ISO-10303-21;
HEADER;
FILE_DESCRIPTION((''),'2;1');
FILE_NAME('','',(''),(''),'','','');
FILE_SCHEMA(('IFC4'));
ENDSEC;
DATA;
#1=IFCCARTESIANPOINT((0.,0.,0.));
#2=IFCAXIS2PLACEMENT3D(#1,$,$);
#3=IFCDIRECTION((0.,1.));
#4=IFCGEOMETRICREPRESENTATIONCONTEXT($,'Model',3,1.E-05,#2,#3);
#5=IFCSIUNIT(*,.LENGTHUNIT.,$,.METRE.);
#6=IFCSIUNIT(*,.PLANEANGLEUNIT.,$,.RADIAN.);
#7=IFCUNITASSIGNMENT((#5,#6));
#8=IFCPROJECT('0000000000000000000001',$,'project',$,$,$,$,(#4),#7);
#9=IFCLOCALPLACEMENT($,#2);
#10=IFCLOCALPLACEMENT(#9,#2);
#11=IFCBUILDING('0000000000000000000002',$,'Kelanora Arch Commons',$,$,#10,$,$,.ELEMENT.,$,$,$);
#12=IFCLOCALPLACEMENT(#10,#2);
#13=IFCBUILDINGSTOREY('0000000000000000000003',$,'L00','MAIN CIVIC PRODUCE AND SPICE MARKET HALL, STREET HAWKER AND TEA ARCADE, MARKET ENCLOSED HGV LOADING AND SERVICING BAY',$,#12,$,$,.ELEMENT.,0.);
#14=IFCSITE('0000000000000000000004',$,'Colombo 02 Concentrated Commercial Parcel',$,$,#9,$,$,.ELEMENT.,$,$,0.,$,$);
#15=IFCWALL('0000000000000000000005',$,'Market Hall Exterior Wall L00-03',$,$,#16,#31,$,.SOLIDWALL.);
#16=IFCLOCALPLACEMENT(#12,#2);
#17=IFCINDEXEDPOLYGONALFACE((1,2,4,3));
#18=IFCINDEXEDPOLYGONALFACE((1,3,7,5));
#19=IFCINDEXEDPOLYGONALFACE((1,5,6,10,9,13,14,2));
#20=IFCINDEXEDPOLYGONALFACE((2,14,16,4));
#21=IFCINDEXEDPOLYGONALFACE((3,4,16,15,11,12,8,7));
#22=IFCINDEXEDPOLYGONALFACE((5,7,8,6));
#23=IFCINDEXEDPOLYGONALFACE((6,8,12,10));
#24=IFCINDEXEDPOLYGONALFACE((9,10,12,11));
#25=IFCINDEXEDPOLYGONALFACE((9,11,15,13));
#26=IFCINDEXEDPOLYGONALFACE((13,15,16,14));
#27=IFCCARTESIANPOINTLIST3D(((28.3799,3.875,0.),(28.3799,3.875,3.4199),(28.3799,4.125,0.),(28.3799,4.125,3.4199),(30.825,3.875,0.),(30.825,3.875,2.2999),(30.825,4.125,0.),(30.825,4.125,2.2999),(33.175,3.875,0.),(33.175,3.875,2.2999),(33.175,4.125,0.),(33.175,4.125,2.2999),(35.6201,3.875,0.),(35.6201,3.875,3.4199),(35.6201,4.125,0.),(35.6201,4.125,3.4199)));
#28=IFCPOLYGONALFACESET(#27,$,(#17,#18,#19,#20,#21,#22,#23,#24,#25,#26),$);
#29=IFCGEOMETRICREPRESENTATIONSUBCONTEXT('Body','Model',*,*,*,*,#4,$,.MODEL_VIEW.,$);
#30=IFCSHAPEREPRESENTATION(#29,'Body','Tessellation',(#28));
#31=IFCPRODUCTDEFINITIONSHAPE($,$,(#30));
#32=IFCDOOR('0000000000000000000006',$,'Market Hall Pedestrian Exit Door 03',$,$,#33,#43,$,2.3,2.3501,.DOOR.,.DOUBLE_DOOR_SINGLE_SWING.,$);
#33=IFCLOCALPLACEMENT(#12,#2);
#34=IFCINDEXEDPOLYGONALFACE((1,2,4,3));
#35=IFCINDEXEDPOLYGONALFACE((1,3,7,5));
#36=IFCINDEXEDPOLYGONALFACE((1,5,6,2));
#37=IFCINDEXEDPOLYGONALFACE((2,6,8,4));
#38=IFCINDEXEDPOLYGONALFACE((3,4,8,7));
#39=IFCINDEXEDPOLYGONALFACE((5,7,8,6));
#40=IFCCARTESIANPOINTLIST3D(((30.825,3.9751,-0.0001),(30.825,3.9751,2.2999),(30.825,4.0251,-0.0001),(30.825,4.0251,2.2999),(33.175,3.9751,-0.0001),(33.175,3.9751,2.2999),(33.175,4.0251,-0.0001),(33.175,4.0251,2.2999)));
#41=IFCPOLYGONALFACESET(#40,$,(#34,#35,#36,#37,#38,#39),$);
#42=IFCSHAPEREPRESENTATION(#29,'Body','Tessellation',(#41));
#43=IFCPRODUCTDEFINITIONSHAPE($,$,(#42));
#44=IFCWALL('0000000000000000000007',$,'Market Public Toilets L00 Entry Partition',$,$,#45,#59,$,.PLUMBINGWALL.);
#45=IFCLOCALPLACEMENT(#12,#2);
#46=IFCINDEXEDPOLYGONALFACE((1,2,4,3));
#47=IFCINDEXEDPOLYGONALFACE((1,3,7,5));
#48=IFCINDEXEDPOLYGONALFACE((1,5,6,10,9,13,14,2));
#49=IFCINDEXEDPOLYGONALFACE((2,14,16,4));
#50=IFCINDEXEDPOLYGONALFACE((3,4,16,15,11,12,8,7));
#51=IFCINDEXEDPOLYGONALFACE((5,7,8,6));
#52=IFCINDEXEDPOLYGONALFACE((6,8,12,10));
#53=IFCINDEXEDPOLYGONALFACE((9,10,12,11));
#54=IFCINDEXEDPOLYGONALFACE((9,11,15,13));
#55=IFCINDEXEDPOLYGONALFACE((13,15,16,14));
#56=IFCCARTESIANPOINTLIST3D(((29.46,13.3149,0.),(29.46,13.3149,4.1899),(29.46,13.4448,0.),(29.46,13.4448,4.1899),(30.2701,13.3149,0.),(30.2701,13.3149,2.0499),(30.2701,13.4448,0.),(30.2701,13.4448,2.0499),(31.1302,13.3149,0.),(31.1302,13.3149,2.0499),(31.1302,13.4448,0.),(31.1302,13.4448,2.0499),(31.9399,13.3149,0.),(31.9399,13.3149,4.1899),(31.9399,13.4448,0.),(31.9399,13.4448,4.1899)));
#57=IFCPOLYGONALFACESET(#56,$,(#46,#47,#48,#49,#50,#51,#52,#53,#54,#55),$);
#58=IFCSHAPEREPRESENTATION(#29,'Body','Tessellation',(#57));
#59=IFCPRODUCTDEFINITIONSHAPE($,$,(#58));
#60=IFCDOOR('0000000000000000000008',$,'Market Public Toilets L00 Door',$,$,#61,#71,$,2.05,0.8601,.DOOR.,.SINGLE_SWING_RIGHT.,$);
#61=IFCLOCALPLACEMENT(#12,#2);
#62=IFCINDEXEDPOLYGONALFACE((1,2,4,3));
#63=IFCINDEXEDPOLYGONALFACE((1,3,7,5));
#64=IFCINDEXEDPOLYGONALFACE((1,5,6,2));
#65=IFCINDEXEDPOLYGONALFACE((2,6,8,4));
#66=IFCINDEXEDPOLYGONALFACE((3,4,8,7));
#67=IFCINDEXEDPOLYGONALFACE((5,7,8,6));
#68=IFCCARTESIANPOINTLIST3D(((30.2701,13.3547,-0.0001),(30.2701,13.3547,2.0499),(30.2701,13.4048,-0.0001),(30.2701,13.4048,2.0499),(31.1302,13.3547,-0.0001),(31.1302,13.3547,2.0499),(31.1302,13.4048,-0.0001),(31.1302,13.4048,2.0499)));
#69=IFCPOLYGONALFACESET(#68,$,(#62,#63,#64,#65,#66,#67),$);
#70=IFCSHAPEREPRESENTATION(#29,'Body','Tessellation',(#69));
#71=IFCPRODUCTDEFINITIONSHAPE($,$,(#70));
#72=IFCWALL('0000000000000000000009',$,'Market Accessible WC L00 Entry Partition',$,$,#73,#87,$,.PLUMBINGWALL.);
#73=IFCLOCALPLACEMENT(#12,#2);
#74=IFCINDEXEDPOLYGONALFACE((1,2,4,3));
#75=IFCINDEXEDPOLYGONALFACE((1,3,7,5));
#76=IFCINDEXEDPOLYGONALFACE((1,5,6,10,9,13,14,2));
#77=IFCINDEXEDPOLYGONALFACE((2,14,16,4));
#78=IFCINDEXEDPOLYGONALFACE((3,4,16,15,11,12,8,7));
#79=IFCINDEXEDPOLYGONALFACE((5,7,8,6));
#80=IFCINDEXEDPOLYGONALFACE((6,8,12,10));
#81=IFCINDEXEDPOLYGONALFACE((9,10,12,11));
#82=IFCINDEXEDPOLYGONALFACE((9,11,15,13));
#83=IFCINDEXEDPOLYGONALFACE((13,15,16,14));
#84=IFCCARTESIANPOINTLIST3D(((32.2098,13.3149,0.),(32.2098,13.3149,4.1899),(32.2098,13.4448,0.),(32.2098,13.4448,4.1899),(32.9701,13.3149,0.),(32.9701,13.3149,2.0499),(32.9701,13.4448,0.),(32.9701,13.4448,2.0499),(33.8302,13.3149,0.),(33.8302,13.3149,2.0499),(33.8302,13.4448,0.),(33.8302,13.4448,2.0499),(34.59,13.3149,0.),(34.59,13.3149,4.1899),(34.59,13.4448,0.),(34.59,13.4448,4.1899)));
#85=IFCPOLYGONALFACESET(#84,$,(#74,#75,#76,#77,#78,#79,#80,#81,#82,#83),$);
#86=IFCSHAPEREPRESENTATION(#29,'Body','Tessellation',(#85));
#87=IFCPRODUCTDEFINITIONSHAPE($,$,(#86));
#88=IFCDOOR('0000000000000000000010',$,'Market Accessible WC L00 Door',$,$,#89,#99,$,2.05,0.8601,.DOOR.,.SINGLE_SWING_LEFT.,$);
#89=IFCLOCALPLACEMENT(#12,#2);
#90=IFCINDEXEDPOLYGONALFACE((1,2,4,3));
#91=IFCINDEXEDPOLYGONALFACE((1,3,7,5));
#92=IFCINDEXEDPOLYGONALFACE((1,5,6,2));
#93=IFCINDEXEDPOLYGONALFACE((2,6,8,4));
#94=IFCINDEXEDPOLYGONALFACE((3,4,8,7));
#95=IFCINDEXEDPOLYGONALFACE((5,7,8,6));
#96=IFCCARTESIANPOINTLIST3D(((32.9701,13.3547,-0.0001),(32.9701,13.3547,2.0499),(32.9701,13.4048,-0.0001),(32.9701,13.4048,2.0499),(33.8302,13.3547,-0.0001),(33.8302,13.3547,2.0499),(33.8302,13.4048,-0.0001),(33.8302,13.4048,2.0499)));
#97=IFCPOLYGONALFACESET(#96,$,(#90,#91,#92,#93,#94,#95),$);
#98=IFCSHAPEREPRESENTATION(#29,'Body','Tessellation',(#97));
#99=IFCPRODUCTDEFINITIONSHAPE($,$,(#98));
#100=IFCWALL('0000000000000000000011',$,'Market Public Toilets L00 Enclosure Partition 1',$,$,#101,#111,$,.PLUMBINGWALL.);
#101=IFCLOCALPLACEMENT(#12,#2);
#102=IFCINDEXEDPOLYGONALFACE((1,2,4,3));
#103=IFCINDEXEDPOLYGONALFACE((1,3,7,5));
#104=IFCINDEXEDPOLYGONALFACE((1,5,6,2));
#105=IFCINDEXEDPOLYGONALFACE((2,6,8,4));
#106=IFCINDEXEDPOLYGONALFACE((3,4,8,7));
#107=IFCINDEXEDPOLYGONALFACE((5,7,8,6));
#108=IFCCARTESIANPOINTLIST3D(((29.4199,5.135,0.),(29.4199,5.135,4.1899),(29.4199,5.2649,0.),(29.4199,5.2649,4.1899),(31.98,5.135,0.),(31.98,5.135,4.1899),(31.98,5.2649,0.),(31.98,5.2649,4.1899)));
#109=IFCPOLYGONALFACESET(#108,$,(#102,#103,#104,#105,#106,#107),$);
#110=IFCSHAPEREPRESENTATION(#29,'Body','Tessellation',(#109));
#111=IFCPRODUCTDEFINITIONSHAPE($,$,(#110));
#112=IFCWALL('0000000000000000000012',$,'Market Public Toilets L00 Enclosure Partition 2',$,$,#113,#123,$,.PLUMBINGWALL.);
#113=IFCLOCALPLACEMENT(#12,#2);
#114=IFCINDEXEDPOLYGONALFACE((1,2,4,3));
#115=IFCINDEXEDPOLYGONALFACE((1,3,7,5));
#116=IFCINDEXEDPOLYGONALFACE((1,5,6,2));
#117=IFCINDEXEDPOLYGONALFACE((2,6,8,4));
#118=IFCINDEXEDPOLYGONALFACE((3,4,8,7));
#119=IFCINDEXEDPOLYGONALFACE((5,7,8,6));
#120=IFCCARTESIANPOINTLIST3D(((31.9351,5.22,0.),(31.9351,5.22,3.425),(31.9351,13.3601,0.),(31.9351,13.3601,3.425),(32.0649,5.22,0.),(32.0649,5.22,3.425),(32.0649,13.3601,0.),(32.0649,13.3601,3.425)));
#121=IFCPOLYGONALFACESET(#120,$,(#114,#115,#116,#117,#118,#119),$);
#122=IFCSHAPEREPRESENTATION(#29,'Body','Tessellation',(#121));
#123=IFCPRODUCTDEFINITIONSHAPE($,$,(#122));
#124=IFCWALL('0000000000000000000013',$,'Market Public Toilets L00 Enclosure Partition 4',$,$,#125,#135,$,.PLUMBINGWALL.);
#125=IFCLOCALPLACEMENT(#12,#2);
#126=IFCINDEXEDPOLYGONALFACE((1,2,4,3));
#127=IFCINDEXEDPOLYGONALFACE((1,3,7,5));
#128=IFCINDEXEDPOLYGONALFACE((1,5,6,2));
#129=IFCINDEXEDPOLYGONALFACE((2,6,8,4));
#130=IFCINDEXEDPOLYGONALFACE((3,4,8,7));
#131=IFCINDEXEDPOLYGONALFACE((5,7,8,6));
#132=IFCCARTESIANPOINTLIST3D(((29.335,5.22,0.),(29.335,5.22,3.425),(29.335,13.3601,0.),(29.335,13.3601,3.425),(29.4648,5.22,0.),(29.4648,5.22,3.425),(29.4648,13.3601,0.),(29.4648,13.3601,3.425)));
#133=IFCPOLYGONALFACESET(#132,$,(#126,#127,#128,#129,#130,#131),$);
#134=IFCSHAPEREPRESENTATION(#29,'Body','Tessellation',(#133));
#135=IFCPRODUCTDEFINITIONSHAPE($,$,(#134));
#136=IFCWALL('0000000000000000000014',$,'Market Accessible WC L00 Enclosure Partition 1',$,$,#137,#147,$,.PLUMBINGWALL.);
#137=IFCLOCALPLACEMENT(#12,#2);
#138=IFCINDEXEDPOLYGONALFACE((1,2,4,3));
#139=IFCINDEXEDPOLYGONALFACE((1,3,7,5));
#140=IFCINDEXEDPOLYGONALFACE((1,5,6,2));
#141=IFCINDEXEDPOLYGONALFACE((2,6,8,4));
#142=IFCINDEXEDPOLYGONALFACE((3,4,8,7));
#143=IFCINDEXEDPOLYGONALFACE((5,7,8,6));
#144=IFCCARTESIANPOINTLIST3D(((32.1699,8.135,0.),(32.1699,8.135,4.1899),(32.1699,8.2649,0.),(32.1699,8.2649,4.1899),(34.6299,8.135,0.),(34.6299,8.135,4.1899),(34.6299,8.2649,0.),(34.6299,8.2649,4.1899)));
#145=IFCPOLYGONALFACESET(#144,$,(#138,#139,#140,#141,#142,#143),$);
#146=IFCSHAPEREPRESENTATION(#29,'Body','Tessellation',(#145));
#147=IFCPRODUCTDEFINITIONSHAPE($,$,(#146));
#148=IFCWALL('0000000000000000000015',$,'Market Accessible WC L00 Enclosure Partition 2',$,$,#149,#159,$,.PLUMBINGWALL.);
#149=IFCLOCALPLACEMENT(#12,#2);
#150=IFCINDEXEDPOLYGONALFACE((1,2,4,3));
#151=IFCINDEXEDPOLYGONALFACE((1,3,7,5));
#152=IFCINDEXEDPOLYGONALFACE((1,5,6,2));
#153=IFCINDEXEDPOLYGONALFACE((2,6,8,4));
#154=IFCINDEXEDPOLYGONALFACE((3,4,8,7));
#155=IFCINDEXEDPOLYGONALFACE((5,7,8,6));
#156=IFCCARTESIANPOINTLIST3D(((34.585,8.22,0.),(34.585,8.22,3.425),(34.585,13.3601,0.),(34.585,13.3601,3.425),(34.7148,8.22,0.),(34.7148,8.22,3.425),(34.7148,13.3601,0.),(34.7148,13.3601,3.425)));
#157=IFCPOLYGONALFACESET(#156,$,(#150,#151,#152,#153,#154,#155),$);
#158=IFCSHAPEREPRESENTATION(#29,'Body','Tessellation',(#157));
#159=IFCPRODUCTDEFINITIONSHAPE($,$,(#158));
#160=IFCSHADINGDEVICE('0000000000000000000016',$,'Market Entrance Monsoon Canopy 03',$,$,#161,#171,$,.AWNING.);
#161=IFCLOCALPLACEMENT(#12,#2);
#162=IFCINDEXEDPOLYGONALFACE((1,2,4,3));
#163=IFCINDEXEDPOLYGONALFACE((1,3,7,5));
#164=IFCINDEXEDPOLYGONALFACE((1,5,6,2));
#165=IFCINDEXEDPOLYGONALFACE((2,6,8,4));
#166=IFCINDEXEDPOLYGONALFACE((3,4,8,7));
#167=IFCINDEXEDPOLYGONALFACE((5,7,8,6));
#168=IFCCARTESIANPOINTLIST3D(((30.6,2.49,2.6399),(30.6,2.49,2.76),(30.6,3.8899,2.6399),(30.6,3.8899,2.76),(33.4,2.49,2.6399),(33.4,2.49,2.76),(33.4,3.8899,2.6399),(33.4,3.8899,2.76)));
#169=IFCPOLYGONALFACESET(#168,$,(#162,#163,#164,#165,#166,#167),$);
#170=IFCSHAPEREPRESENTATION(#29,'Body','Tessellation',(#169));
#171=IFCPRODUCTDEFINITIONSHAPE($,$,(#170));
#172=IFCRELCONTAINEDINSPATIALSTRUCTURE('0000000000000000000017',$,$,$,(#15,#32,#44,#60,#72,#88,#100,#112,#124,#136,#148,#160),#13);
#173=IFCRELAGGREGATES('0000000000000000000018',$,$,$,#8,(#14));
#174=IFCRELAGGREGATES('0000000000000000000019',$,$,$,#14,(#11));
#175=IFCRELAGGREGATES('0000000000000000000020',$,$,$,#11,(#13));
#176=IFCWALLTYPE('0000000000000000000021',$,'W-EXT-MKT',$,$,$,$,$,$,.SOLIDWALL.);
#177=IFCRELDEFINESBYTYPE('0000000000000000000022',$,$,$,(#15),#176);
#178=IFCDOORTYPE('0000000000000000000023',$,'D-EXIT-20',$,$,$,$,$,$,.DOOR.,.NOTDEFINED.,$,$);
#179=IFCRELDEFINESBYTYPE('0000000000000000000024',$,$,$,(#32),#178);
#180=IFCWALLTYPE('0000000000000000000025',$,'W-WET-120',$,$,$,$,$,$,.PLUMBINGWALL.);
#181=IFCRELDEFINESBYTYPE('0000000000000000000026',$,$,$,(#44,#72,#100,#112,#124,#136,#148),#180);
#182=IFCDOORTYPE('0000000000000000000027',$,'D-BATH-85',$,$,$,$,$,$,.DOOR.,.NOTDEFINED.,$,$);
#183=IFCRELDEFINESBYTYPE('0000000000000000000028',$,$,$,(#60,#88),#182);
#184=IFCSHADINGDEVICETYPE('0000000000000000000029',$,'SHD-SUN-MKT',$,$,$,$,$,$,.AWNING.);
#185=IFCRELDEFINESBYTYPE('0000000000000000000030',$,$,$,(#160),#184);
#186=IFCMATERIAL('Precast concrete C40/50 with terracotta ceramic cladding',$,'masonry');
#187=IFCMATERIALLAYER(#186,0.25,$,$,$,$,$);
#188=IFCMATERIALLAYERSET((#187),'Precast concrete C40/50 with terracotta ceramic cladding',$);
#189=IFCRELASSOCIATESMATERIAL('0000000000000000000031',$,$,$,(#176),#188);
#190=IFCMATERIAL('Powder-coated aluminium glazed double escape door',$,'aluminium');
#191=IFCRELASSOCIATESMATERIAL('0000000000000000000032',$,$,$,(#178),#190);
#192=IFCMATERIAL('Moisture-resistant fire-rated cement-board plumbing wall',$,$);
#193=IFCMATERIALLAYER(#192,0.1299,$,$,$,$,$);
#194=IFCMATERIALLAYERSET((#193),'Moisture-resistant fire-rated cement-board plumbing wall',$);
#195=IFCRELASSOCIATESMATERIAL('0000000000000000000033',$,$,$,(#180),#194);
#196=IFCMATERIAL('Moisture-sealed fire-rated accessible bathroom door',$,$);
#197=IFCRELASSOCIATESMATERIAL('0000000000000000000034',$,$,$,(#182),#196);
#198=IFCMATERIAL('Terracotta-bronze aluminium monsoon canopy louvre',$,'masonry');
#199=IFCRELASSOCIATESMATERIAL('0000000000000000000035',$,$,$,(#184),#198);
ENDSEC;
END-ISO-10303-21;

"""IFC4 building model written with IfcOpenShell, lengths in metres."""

from ifc_helpers import new_model, si_unit, direction, frame, frame_2d, origin, origin_2d, place, context, subcontext, project, spatial, rectangle, extrude, source, transform, mapped, material, layer, layer_set, type_object, element, fill, save


model = new_model("IFC4")

# Units and contexts
model_context = context("Model", 3, precision=1e-05, world=origin(), true_north=direction((0.0, 1.0)))
body_context = subcontext(model_context, "Body", "Model", "MODEL_VIEW")
ifc_project = project(units=[si_unit("LENGTHUNIT", "METRE"), si_unit("PLANEANGLEUNIT", "RADIAN")], contexts=[model_context])

# Site, building, storey
site_placement = place(None, origin())
site = spatial("IfcSite", under=ifc_project, at=site_placement, Name="Colombo 02 Concentrated Commercial Parcel", CompositionType="ELEMENT", RefElevation=0.0)
building_placement = place(site_placement, origin())
building = spatial("IfcBuilding", under=site, at=building_placement, Name="Kelanora Arch Commons", CompositionType="ELEMENT")
storey_placement = place(building_placement, origin())
storey = spatial("IfcBuildingStorey", under=building, at=storey_placement, Name="L00", Description="MAIN CIVIC PRODUCE AND SPICE MARKET HALL, STREET HAWKER AND TEA ARCADE, MARKET ENCLOSED HGV LOADING AND SERVICING BAY", CompositionType="ELEMENT", Elevation=0.0)

# Walls, openings, doors
ifc_material_1 = material(Name="Precast concrete C40/50 with terracotta ceramic cladding", Category="masonry")
ifc_layer_1 = layer(ifc_material_1, 0.25)
ifc_layer_set_1 = layer_set([ifc_layer_1], Name="Precast concrete C40/50 with terracotta ceramic cladding")
wall_type_1 = type_object("IfcWallType", Name="W-EXT-MKT", PredefinedType="SOLIDWALL", material=ifc_layer_set_1)
wall_1_placement = place(storey_placement, frame((28.3799, 4.0, 0.0), z_axis=(0.0, 0.0, 1.0), x_axis=(1.0, 0.0, 0.0)))
wall_1 = element("IfcWall", 1, at=wall_1_placement, inside=storey, type_object=wall_type_1, Name="Market Hall Exterior Wall L00-03", PredefinedType="SOLIDWALL", context=body_context, shape_type="SweptSolid", body=[
    extrude(rectangle(XDim=7.2402, YDim=0.25, at=frame_2d((3.6201, 0.0))), origin(), (0.0, 0.0, 1.0), 3.4199),
])
opening_1_placement = place(wall_1_placement, frame((2.4451, 0.0, 0.0)))
opening_1 = element("IfcOpeningElement", 2, at=opening_1_placement, cuts=wall_1, PredefinedType="OPENING", context=body_context, shape_type="SweptSolid", body=[
    extrude(rectangle(XDim=2.3501, YDim=2.3, at=frame_2d((1.175, 1.1499))), frame((0.0, 0.135, 0.0), z_axis=(0.0, -1.0, 0.0), x_axis=(1.0, 0.0, 0.0)), (0.0, 0.0, 1.0), 0.27),
])
ifc_material_2 = material(Name="Powder-coated aluminium glazed double escape door", Category="aluminium")
door_type_1 = type_object("IfcDoorType", Name="D-EXIT-20", OperationType="NOTDEFINED", PredefinedType="DOOR", material=ifc_material_2)
door_1_placement = place(opening_1_placement, frame((2.3501, 0.0, 0.0), z_axis=(0.0, 0.0, 1.0), x_axis=(-1.0, 0.0, 0.0)))
door_1 = element("IfcDoor", 3, at=door_1_placement, inside=storey, type_object=door_type_1, Name="Market Hall Pedestrian Exit Door 03", OperationType="DOUBLE_DOOR_SINGLE_SWING", OverallHeight=2.3, OverallWidth=2.3501, PredefinedType="DOOR", context=body_context, shape_type="SweptSolid", body=[
    extrude(rectangle(XDim=2.3501, YDim=2.3, at=frame_2d((1.175, 1.1499))), frame((0.0, 0.0249, 0.0), z_axis=(0.0, -1.0, 0.0), x_axis=(1.0, 0.0, 0.0)), (0.0, 0.0, 1.0), 0.05),
])
fill(opening_1, door_1)
ifc_material_3 = material(Name="Moisture-resistant fire-rated cement-board plumbing wall")
ifc_layer_2 = layer(ifc_material_3, 0.1299)
ifc_layer_set_2 = layer_set([ifc_layer_2], Name="Moisture-resistant fire-rated cement-board plumbing wall")
wall_type_2 = type_object("IfcWallType", Name="W-WET-120", PredefinedType="PLUMBINGWALL", material=ifc_layer_set_2)
wall_2_placement = place(storey_placement, frame((29.46, 13.3799, 0.0), z_axis=(0.0, 0.0, 1.0), x_axis=(1.0, 0.0, 0.0)))
wall_2 = element("IfcWall", 4, at=wall_2_placement, inside=storey, type_object=wall_type_2, Name="Market Public Toilets L00 Entry Partition", PredefinedType="PLUMBINGWALL", context=body_context, shape_type="SweptSolid", body=[
    extrude(rectangle(XDim=2.48, YDim=0.1299, at=frame_2d((1.24, 0.0))), origin(), (0.0, 0.0, 1.0), 4.1899),
])
opening_2_placement = place(wall_2_placement, frame((0.8101, 0.0, 0.0)))
opening_2 = element("IfcOpeningElement", 5, at=opening_2_placement, cuts=wall_2, PredefinedType="OPENING", context=body_context, shape_type="SweptSolid", body=[
    extrude(rectangle(XDim=0.8601, YDim=2.05, at=frame_2d((0.4302, 1.0249))), frame((0.0, 0.075, 0.0), z_axis=(0.0, -1.0, 0.0), x_axis=(1.0, 0.0, 0.0)), (0.0, 0.0, 1.0), 0.1499),
])
ifc_material_4 = material(Name="Moisture-sealed fire-rated accessible bathroom door")
door_type_2 = type_object("IfcDoorType", Name="D-BATH-85", OperationType="NOTDEFINED", PredefinedType="DOOR", material=ifc_material_4)
door_2_placement = place(opening_2_placement, origin())
door_2 = element("IfcDoor", 6, at=door_2_placement, inside=storey, type_object=door_type_2, Name="Market Public Toilets L00 Door", OperationType="SINGLE_SWING_RIGHT", OverallHeight=2.05, OverallWidth=0.8601, PredefinedType="DOOR", context=body_context, shape_type="SweptSolid", body=[
    extrude(rectangle(XDim=0.8601, YDim=2.05, at=frame_2d((0.4302, 1.0249))), frame((0.0, 0.0249, 0.0), z_axis=(0.0, -1.0, 0.0), x_axis=(1.0, 0.0, 0.0)), (0.0, 0.0, 1.0), 0.05),
])
fill(opening_2, door_2)
wall_3_placement = place(storey_placement, frame((32.21, 13.3799, 0.0), z_axis=(0.0, 0.0, 1.0), x_axis=(1.0, 0.0, 0.0)))
wall_3 = element("IfcWall", 7, at=wall_3_placement, inside=storey, type_object=wall_type_2, Name="Market Accessible WC L00 Entry Partition", PredefinedType="PLUMBINGWALL", context=body_context, shape_type="SweptSolid", body=[
    extrude(rectangle(XDim=2.3801, YDim=0.1299, at=frame_2d((1.1899, 0.0))), origin(), (0.0, 0.0, 1.0), 4.1899),
])
opening_3_placement = place(wall_3_placement, frame((0.76, 0.0, 0.0)))
opening_3 = element("IfcOpeningElement", 8, at=opening_3_placement, cuts=wall_3, PredefinedType="OPENING", context=body_context, shape_type="SweptSolid", body=[
    extrude(rectangle(XDim=0.8601, YDim=2.05, at=frame_2d((0.4302, 1.0249))), frame((0.0, 0.075, 0.0), z_axis=(0.0, -1.0, 0.0), x_axis=(1.0, 0.0, 0.0)), (0.0, 0.0, 1.0), 0.1499),
])
door_3_placement = place(opening_3_placement, origin())
door_3 = element("IfcDoor", 9, at=door_3_placement, inside=storey, type_object=door_type_2, Name="Market Accessible WC L00 Door", OperationType="SINGLE_SWING_LEFT", OverallHeight=2.05, OverallWidth=0.8601, PredefinedType="DOOR", context=body_context, shape_type="SweptSolid", body=[
    extrude(rectangle(XDim=0.8601, YDim=2.05, at=frame_2d((0.4302, 1.0249))), frame((0.0, 0.0249, 0.0), z_axis=(0.0, -1.0, 0.0), x_axis=(1.0, 0.0, 0.0)), (0.0, 0.0, 1.0), 0.05),
])
fill(opening_3, door_3)

# Walls
wall_4_placement = place(storey_placement, frame((29.4199, 5.2, 0.0), z_axis=(0.0, 0.0, 1.0), x_axis=(1.0, 0.0, 0.0)))
element("IfcWall", 10, at=wall_4_placement, inside=storey, type_object=wall_type_2, Name="Market Public Toilets L00 Enclosure Partition 1", PredefinedType="PLUMBINGWALL", context=body_context, shape_type="SweptSolid", body=[
    extrude(rectangle(XDim=2.5601, YDim=0.1299, at=frame_2d((1.28, 0.0))), origin(), (0.0, 0.0, 1.0), 4.1899),
])
for number, where, z_axis, x_axis, name in (
    (11, (32.0, 5.22, 0.0), (0.0, 0.0, 1.0), (0.0, 1.0, 0.0), "Market Public Toilets L00 Enclosure Partition 2"),
    (12, (29.3999, 13.3601, 0.0), (0.0, 0.0, 1.0), (0.0, -1.0, 0.0), "Market Public Toilets L00 Enclosure Partition 4"),
):
    element("IfcWall", number, at=place(storey_placement, frame(where, z_axis=z_axis, x_axis=x_axis)), inside=storey, type_object=wall_type_2, Name=name, PredefinedType="PLUMBINGWALL", context=body_context, shape_type="SweptSolid", body=[
        extrude(rectangle(XDim=8.1401, YDim=0.1299, at=frame_2d((4.0701, 0.0))), origin(), (0.0, 0.0, 1.0), 3.425),
    ])
wall_5_placement = place(storey_placement, frame((32.1699, 8.2, 0.0), z_axis=(0.0, 0.0, 1.0), x_axis=(1.0, 0.0, 0.0)))
element("IfcWall", 13, at=wall_5_placement, inside=storey, type_object=wall_type_2, Name="Market Accessible WC L00 Enclosure Partition 1", PredefinedType="PLUMBINGWALL", context=body_context, shape_type="SweptSolid", body=[
    extrude(rectangle(XDim=2.46, YDim=0.1299, at=frame_2d((1.23, 0.0))), origin(), (0.0, 0.0, 1.0), 4.1899),
])
wall_6_placement = place(storey_placement, frame((34.6499, 8.22, 0.0), z_axis=(0.0, 0.0, 1.0), x_axis=(0.0, 1.0, 0.0)))
element("IfcWall", 14, at=wall_6_placement, inside=storey, type_object=wall_type_2, Name="Market Accessible WC L00 Enclosure Partition 2", PredefinedType="PLUMBINGWALL", context=body_context, shape_type="SweptSolid", body=[
    extrude(rectangle(XDim=5.1401, YDim=0.1299, at=frame_2d((2.5701, 0.0))), origin(), (0.0, 0.0, 1.0), 3.425),
])

# Shading device
ifc_material_5 = material(Name="Terracotta-bronze aluminium monsoon canopy louvre", Category="masonry")
shading_device_type = type_object("IfcShadingDeviceType", Name="SHD-SUN-MKT", PredefinedType="AWNING", material=ifc_material_5)
shared_shape_1 = source(origin(), body_context, "Body", "SweptSolid", [
    extrude(rectangle(XDim=2.8, YDim=1.3999, at=origin_2d()), origin(), (0.0, 0.0, 1.0), 0.1201),
])
shading_device_placement = place(storey_placement, frame((32.0, 3.1899, 2.6399), z_axis=(0.0, 0.0, 1.0), x_axis=(1.0, 0.0, 0.0)))
element("IfcShadingDevice", 15, at=shading_device_placement, inside=storey, type_object=shading_device_type, Name="Market Entrance Monsoon Canopy 03", PredefinedType="AWNING", context=body_context, shape_type="MappedRepresentation", body=[
    mapped(shared_shape_1, transform((0.0, 0.0, 0.0), scale=1.0)),
])

save(model, "model.ifc")
